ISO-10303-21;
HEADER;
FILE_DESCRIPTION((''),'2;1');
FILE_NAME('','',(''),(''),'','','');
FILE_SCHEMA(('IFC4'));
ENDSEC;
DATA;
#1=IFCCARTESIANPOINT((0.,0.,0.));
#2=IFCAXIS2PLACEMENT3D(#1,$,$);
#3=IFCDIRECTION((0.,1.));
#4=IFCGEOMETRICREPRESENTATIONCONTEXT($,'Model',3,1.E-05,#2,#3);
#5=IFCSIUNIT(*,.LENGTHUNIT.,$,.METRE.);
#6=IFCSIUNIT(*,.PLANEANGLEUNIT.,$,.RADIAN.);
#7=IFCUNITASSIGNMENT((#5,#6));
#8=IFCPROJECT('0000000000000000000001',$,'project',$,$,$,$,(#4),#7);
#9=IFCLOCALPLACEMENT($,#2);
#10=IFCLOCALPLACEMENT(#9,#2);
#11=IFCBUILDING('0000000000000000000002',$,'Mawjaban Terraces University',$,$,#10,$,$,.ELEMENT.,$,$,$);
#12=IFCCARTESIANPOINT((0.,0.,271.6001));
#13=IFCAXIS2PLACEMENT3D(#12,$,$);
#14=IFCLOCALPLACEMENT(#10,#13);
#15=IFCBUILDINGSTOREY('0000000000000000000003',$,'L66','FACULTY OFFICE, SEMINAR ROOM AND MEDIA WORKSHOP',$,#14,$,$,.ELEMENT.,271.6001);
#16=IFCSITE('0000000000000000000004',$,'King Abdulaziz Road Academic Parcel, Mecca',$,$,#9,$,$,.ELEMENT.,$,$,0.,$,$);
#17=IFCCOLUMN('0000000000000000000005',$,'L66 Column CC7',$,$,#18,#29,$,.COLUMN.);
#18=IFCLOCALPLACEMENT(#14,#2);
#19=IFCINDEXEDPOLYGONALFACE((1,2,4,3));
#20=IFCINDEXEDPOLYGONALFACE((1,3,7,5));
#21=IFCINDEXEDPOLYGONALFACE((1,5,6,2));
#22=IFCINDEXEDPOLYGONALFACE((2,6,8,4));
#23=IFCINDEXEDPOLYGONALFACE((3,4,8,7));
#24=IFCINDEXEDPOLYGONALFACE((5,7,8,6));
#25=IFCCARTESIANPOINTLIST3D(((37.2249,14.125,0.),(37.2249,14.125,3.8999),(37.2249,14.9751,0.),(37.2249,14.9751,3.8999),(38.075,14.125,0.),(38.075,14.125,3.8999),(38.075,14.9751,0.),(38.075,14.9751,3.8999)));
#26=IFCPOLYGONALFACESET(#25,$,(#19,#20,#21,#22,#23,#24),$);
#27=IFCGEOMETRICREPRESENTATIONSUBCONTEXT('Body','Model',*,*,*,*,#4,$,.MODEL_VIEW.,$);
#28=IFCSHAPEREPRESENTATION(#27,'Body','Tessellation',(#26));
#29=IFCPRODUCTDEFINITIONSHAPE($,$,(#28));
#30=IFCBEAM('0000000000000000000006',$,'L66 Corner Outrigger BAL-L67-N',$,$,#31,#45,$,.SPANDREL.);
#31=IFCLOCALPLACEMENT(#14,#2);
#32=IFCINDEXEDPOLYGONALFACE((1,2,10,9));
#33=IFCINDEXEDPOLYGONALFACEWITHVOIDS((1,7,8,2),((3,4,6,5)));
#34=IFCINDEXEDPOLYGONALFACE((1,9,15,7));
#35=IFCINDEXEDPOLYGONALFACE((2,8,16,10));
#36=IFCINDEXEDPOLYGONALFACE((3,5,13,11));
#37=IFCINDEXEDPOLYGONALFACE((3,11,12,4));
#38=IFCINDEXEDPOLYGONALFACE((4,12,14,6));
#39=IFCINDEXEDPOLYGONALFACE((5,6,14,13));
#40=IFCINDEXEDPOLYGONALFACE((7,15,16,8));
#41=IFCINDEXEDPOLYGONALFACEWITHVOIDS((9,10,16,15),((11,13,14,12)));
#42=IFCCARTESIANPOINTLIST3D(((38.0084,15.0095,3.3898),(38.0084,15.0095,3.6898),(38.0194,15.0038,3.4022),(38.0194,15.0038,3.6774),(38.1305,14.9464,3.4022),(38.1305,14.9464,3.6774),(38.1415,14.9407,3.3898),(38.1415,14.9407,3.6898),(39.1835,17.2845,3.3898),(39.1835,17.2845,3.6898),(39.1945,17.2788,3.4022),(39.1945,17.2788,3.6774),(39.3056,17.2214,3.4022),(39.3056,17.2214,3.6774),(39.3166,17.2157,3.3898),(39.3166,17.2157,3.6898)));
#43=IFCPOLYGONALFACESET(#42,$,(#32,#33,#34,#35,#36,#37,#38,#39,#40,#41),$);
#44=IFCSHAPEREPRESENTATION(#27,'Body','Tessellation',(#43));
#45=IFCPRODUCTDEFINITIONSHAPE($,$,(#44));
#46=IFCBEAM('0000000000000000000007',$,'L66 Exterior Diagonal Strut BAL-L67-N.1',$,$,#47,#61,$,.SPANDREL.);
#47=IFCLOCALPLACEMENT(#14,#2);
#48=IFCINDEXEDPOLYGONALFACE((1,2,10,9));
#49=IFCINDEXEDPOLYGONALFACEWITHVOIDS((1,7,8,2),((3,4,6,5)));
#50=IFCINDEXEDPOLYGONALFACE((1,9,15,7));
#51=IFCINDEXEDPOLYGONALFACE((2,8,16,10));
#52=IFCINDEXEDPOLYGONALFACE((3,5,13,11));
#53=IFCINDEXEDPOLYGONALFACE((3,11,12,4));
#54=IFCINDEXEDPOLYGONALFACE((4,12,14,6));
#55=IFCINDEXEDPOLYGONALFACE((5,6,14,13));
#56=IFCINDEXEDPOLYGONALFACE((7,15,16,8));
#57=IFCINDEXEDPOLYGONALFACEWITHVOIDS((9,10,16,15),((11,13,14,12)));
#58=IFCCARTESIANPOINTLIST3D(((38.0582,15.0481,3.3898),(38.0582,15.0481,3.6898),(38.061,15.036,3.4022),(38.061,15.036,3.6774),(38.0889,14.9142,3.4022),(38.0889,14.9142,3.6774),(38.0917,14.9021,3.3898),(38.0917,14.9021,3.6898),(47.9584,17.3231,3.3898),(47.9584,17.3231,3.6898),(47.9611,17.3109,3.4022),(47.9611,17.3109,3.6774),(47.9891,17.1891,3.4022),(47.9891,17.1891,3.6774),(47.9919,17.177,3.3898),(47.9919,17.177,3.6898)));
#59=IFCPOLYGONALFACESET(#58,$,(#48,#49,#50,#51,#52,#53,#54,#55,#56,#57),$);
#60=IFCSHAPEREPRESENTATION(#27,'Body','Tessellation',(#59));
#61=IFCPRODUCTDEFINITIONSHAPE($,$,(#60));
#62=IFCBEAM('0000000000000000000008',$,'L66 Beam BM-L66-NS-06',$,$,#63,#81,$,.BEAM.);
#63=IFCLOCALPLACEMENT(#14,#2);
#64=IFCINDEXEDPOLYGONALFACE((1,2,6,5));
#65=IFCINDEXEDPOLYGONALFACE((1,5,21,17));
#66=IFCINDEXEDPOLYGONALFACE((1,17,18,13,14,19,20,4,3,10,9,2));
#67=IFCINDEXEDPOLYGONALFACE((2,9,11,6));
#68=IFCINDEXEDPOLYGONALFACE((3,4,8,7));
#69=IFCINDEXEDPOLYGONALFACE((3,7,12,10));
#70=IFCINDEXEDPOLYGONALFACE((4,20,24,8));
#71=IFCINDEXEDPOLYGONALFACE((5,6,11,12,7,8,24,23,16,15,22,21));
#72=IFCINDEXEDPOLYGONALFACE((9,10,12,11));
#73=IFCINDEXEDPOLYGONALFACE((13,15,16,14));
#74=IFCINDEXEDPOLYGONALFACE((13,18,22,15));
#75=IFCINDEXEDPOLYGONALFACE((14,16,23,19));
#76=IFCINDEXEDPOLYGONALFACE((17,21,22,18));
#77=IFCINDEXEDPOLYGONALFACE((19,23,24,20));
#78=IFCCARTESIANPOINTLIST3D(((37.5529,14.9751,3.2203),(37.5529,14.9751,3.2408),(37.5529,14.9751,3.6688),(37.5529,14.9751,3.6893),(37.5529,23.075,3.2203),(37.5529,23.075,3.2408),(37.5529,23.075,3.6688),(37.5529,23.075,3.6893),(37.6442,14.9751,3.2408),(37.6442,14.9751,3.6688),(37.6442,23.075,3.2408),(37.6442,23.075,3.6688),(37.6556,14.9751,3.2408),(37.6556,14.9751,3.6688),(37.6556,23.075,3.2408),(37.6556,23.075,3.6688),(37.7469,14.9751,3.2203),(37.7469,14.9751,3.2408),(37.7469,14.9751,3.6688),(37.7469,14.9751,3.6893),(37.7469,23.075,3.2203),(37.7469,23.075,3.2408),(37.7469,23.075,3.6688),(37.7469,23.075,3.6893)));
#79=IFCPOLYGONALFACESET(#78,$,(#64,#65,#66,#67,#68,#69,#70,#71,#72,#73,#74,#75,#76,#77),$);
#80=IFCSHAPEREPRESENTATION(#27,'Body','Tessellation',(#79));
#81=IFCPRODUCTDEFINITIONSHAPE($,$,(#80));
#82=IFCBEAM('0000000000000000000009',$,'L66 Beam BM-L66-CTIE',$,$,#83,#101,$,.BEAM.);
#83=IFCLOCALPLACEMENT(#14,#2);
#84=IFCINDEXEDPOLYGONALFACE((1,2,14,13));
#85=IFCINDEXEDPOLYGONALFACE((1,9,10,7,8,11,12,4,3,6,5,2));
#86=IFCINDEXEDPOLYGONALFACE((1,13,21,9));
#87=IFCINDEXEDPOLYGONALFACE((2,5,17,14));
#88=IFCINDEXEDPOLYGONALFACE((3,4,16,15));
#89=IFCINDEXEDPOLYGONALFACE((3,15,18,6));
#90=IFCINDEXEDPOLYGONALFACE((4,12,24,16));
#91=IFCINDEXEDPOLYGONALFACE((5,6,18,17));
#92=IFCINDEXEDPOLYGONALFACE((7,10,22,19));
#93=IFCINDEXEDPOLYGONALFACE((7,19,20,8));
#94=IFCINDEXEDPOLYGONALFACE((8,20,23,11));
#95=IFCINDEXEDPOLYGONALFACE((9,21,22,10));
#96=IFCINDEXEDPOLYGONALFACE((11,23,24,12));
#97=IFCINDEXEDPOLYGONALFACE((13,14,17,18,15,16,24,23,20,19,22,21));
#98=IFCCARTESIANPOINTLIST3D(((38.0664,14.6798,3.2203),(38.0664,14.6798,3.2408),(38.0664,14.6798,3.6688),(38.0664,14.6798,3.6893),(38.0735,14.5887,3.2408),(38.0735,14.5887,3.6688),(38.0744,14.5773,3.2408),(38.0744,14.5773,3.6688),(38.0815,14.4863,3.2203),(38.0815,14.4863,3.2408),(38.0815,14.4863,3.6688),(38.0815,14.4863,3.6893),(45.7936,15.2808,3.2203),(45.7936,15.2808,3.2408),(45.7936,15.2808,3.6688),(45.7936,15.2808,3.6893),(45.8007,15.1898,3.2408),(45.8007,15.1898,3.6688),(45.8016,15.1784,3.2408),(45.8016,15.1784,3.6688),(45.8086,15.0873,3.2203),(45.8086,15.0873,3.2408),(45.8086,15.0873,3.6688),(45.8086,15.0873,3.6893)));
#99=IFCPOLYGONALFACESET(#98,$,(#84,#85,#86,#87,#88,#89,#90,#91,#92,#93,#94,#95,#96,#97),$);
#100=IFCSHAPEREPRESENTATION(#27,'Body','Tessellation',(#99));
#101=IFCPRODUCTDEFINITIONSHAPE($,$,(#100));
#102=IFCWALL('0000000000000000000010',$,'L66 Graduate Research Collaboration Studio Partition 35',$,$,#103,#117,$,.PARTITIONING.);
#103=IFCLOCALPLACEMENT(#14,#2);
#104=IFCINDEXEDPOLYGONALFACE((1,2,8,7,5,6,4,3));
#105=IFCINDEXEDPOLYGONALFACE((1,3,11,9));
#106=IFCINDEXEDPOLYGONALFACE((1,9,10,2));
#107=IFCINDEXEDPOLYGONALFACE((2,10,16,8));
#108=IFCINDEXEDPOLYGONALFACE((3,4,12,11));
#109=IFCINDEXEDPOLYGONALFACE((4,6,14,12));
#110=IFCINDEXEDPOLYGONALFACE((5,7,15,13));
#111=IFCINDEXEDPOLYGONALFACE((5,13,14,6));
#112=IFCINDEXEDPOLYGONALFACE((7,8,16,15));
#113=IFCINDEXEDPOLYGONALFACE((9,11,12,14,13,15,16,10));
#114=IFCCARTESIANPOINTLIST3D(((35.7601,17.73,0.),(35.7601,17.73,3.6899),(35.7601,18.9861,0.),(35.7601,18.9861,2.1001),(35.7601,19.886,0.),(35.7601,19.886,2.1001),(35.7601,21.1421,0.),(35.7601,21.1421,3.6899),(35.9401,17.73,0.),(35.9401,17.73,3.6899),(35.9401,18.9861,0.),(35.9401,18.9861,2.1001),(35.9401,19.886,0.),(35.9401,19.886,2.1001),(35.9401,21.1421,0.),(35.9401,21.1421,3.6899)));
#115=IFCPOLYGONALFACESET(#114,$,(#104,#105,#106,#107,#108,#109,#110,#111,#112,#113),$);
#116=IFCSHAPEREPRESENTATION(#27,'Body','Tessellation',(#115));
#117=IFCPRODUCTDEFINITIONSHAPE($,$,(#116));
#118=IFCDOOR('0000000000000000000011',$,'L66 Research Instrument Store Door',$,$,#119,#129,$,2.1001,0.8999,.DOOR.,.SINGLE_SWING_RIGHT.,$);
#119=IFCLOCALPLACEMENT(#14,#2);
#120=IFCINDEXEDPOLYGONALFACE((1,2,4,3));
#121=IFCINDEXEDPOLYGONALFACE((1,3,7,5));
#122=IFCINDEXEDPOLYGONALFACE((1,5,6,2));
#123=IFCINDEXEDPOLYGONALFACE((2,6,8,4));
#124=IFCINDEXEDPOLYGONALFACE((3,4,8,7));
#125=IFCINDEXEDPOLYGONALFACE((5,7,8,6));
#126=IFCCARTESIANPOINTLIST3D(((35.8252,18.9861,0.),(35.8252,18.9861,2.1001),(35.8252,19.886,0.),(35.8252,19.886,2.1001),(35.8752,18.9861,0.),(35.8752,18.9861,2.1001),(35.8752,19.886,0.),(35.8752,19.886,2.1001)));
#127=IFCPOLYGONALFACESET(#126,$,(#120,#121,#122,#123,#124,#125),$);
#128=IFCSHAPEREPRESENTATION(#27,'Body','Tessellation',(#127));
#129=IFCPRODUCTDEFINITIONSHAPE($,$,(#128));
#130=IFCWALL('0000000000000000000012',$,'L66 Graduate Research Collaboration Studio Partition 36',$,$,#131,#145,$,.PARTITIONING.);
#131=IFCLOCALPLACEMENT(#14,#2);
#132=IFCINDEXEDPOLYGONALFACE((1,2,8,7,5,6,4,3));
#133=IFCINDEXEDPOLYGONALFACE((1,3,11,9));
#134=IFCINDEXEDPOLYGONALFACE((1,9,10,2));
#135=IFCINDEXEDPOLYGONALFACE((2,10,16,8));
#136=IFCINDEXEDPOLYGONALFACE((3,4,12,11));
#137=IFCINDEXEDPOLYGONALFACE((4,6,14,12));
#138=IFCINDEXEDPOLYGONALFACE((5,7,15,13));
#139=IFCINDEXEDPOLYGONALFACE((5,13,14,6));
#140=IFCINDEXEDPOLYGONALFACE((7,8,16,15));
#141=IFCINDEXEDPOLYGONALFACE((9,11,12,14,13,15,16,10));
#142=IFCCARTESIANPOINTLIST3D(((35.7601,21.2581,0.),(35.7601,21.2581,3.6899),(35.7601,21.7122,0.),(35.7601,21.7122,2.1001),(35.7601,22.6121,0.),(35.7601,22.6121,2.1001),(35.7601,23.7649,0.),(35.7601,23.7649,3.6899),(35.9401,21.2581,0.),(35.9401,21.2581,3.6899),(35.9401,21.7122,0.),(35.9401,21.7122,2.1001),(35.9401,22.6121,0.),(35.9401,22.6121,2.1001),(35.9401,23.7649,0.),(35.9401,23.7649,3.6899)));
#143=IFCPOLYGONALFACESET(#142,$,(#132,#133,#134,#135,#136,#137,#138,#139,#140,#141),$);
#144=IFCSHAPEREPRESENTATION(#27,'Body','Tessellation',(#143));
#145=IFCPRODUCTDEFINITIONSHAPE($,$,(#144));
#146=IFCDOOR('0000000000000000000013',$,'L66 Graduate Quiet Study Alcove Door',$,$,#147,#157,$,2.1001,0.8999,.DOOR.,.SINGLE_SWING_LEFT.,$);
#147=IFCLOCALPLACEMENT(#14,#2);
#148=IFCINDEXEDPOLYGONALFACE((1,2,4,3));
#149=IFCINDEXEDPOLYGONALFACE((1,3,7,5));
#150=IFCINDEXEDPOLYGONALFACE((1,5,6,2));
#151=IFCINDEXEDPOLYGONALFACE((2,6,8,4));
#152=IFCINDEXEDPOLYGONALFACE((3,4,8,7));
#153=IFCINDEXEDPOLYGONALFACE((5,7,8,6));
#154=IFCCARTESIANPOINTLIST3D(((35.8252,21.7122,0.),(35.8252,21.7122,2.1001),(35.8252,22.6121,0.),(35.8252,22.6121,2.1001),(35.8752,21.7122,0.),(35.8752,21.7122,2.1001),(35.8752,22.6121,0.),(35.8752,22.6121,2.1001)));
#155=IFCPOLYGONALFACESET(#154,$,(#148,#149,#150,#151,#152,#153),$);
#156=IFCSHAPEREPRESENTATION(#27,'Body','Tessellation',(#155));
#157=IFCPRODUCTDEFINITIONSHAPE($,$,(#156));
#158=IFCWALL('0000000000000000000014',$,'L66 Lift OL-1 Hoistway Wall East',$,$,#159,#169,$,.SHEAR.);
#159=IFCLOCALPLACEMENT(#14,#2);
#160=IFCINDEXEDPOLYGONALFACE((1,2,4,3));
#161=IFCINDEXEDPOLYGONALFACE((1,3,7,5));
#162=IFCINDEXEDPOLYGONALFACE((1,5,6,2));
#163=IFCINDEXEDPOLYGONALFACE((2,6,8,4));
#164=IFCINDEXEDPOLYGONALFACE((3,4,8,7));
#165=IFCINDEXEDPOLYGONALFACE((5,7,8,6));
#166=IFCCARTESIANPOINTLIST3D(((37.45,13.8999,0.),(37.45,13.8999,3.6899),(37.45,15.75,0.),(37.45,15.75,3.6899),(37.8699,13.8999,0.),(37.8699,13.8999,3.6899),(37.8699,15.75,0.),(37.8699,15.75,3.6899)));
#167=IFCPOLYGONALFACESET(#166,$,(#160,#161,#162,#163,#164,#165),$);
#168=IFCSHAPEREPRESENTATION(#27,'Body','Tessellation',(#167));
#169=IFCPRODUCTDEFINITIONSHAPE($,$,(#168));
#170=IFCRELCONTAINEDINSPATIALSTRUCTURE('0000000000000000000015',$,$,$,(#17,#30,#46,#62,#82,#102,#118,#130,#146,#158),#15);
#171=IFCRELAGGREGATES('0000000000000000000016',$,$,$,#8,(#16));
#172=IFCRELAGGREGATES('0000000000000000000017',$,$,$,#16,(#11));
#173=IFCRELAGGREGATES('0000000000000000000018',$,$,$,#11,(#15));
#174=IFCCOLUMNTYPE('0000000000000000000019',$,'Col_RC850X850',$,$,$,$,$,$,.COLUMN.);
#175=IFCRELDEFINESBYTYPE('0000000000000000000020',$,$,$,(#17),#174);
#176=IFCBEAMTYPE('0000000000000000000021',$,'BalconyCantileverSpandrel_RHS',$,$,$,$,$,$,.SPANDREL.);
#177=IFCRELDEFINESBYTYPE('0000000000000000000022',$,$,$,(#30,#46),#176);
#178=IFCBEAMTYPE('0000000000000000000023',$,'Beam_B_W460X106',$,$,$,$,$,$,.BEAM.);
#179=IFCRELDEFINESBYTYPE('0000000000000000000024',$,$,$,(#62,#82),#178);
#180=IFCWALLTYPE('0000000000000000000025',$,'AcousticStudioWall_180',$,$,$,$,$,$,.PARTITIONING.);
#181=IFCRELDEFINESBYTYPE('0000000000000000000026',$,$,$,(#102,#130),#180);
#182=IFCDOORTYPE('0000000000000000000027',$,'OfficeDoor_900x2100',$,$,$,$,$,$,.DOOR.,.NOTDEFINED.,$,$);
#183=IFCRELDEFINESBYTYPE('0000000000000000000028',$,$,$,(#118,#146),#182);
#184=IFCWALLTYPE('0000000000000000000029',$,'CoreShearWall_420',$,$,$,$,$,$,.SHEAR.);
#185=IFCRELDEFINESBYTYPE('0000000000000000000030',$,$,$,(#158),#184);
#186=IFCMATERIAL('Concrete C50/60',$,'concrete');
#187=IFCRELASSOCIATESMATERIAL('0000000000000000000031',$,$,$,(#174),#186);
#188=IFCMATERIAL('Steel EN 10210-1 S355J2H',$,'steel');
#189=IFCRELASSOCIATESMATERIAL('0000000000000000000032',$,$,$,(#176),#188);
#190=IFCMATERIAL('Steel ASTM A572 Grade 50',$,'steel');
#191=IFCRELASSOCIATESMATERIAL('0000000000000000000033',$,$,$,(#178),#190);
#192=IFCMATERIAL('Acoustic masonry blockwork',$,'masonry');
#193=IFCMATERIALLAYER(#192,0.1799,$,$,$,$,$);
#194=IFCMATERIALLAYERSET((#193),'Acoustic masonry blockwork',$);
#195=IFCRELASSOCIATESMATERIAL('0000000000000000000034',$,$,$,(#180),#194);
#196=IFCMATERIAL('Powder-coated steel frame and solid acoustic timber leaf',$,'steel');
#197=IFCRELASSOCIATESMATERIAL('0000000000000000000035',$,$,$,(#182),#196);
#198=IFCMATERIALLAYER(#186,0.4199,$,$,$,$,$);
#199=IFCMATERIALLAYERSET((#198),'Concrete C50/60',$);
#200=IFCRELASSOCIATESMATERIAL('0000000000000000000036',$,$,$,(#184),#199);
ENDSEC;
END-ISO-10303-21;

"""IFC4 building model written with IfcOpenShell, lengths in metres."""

from ifc_helpers import new_model, si_unit, direction, frame, frame_2d, origin, origin_2d, place, context, subcontext, project, spatial, rectangle, hollow_rectangle, i_section, extrude, material, layer, layer_set, material_profile, profile_set, type_object, element, fill, save


model = new_model("IFC4")

# Units and contexts
model_context = context("Model", 3, precision=1e-05, world=origin(), true_north=direction((0.0, 1.0)))
body_context = subcontext(model_context, "Body", "Model", "MODEL_VIEW")
ifc_project = project(units=[si_unit("LENGTHUNIT", "METRE"), si_unit("PLANEANGLEUNIT", "RADIAN")], contexts=[model_context])

# Site, building, storey
site_placement = place(None, origin())
site = spatial("IfcSite", under=ifc_project, at=site_placement, Name="King Abdulaziz Road Academic Parcel, Mecca", CompositionType="ELEMENT", RefElevation=0.0)
building_placement = place(site_placement, origin())
building = spatial("IfcBuilding", under=site, at=building_placement, Name="Mawjaban Terraces University", CompositionType="ELEMENT")
storey_placement = place(building_placement, frame((0.0, 0.0, 271.6001)))
storey = spatial("IfcBuildingStorey", under=building, at=storey_placement, Name="L66", Description="FACULTY OFFICE, SEMINAR ROOM AND MEDIA WORKSHOP", CompositionType="ELEMENT", Elevation=271.6001)

# Column
ifc_material_1 = material(Name="Concrete C50/60", Category="concrete")
ifc_material_profile_1 = material_profile(ifc_material_1, rectangle(XDim=0.8501, YDim=0.8501, at=origin_2d()), Name="RC850X850")
ifc_profile_set_1 = profile_set([ifc_material_profile_1], Name="Concrete C50/60")
column_type = type_object("IfcColumnType", Name="Col_RC850X850", PredefinedType="COLUMN", material=ifc_profile_set_1)
column_placement = place(storey_placement, frame((37.6499, 14.55, 0.0), z_axis=(0.0, 0.0, 1.0), x_axis=(1.0, 0.0, 0.0)))
element("IfcColumn", 1, at=column_placement, inside=storey, type_object=column_type, Name="L66 Column CC7", PredefinedType="COLUMN", context=body_context, shape_type="SweptSolid", body=[
    extrude(rectangle(XDim=0.8501, YDim=0.8501, at=origin_2d()), origin(), (0.0, 0.0, 1.0), 3.8999),
])

# Beams
ifc_material_2 = material(Name="Steel EN 10210-1 S355J2H", Category="steel")
ifc_material_profile_2 = material_profile(ifc_material_2, hollow_rectangle(XDim=0.1499, YDim=0.3, WallThickness=0.0125, at=origin_2d()), Name="RHS300X150X12.5")
ifc_profile_set_2 = profile_set([ifc_material_profile_2], Name="Steel EN 10210-1 S355J2H")
beam_type_1 = type_object("IfcBeamType", Name="BalconyCantileverSpandrel_RHS", PredefinedType="SPANDREL", material=ifc_profile_set_2)
beam_1_placement = place(storey_placement, frame((38.075, 14.9751, 3.5398), z_axis=(0.458922, 0.888476, 0.0), x_axis=(-0.888476, 0.458922, 0.0)))
element("IfcBeam", 2, at=beam_1_placement, inside=storey, type_object=beam_type_1, Name="L66 Corner Outrigger BAL-L67-N", PredefinedType="SPANDREL", context=body_context, shape_type="SweptSolid", body=[
    extrude(hollow_rectangle(XDim=0.1499, YDim=0.3, WallThickness=0.0125, at=origin_2d()), origin(), (0.0, 0.0, 1.0), 2.5605),
])
beam_2_placement = place(storey_placement, frame((38.075, 14.9751, 3.5398), z_axis=(0.974601, 0.223948, 0.0), x_axis=(-0.223948, 0.974601, 0.0)))
element("IfcBeam", 3, at=beam_2_placement, inside=storey, type_object=beam_type_1, Name="L66 Exterior Diagonal Strut BAL-L67-N.1", PredefinedType="SPANDREL", context=body_context, shape_type="SweptSolid", body=[
    extrude(hollow_rectangle(XDim=0.1499, YDim=0.3, WallThickness=0.0125, at=origin_2d()), origin(), (0.0, 0.0, 1.0), 10.1582),
])
ifc_material_3 = material(Name="Steel ASTM A572 Grade 50", Category="steel")
ifc_material_profile_3 = material_profile(ifc_material_3, i_section(OverallWidth=0.1941, OverallDepth=0.469, WebThickness=0.0115, FlangeThickness=0.0205, at=origin_2d()), Name="W460X106")
ifc_profile_set_3 = profile_set([ifc_material_profile_3], Name="Steel ASTM A572 Grade 50")
beam_type_2 = type_object("IfcBeamType", Name="Beam_B_W460X106", PredefinedType="BEAM", material=ifc_profile_set_3)
beam_3_placement = place(storey_placement, frame((37.6499, 14.9751, 3.4548), z_axis=(0.0, 1.0, 0.0), x_axis=(-1.0, 0.0, 0.0)))
element("IfcBeam", 4, at=beam_3_placement, inside=storey, type_object=beam_type_2, Name="L66 Beam BM-L66-NS-06", PredefinedType="BEAM", context=body_context, shape_type="SweptSolid", body=[
    extrude(i_section(OverallWidth=0.1941, OverallDepth=0.469, WebThickness=0.0115, FlangeThickness=0.0205, at=origin_2d()), origin(), (0.0, 0.0, 1.0), 8.0999),
])
beam_4_placement = place(storey_placement, frame((38.074, 14.583, 3.4548), z_axis=(0.996988, 0.077554, 0.0), x_axis=(-0.077554, 0.996988, 0.0)))
element("IfcBeam", 5, at=beam_4_placement, inside=storey, type_object=beam_type_2, Name="L66 Beam BM-L66-CTIE", PredefinedType="BEAM", context=body_context, shape_type="SweptSolid", body=[
    extrude(i_section(OverallWidth=0.1941, OverallDepth=0.469, WebThickness=0.0115, FlangeThickness=0.0205, at=origin_2d()), origin(), (0.0, 0.0, 1.0), 7.7505),
])

# Walls, openings, doors
ifc_material_4 = material(Name="Acoustic masonry blockwork", Category="masonry")
ifc_layer_1 = layer(ifc_material_4, 0.1799)
ifc_layer_set_1 = layer_set([ifc_layer_1], Name="Acoustic masonry blockwork")
wall_type_1 = type_object("IfcWallType", Name="AcousticStudioWall_180", PredefinedType="PARTITIONING", material=ifc_layer_set_1)
wall_1_placement = place(storey_placement, frame((35.8501, 17.73, 0.0), z_axis=(0.0, 0.0, 1.0), x_axis=(0.0, 1.0, 0.0)))
wall_1 = element("IfcWall", 6, at=wall_1_placement, inside=storey, type_object=wall_type_1, Name="L66 Graduate Research Collaboration Studio Partition 35", PredefinedType="PARTITIONING", context=body_context, shape_type="SweptSolid", body=[
    extrude(rectangle(XDim=3.4121, YDim=0.1799, at=frame_2d((1.7061, 0.0))), origin(), (0.0, 0.0, 1.0), 3.6899),
])
opening_1_placement = place(wall_1_placement, frame((1.2561, 0.0, 0.0)))
opening_1 = element("IfcOpeningElement", 7, at=opening_1_placement, cuts=wall_1, PredefinedType="OPENING", context=body_context, shape_type="SweptSolid", body=[
    extrude(rectangle(XDim=0.8999, YDim=2.1001, at=frame_2d((0.45, 1.05))), frame((0.0, 0.0999, 0.0), z_axis=(0.0, -1.0, 0.0), x_axis=(1.0, 0.0, 0.0)), (0.0, 0.0, 1.0), 0.2),
])
ifc_material_5 = material(Name="Powder-coated steel frame and solid acoustic timber leaf", Category="steel")
door_type = type_object("IfcDoorType", Name="OfficeDoor_900x2100", OperationType="NOTDEFINED", PredefinedType="DOOR", material=ifc_material_5)
door_1_placement = place(opening_1_placement, origin())
door_1 = element("IfcDoor", 8, at=door_1_placement, inside=storey, type_object=door_type, Name="L66 Research Instrument Store Door", OperationType="SINGLE_SWING_RIGHT", OverallHeight=2.1001, OverallWidth=0.8999, PredefinedType="DOOR", context=body_context, shape_type="SweptSolid", body=[
    extrude(rectangle(XDim=0.8999, YDim=2.1001, at=frame_2d((0.45, 1.05))), frame((0.0, 0.0249, 0.0), z_axis=(0.0, -1.0, 0.0), x_axis=(1.0, 0.0, 0.0)), (0.0, 0.0, 1.0), 0.05),
])
fill(opening_1, door_1)
wall_2_placement = place(storey_placement, frame((35.8501, 21.2581, 0.0), z_axis=(0.0, 0.0, 1.0), x_axis=(0.0, 1.0, 0.0)))
wall_2 = element("IfcWall", 9, at=wall_2_placement, inside=storey, type_object=wall_type_1, Name="L66 Graduate Research Collaboration Studio Partition 36", PredefinedType="PARTITIONING", context=body_context, shape_type="SweptSolid", body=[
    extrude(rectangle(XDim=2.5068, YDim=0.1799, at=frame_2d((1.2534, 0.0))), origin(), (0.0, 0.0, 1.0), 3.6899),
])
opening_2_placement = place(wall_2_placement, frame((0.4541, 0.0, 0.0)))
opening_2 = element("IfcOpeningElement", 10, at=opening_2_placement, cuts=wall_2, PredefinedType="OPENING", context=body_context, shape_type="SweptSolid", body=[
    extrude(rectangle(XDim=0.8999, YDim=2.1001, at=frame_2d((0.45, 1.05))), frame((0.0, 0.0999, 0.0), z_axis=(0.0, -1.0, 0.0), x_axis=(1.0, 0.0, 0.0)), (0.0, 0.0, 1.0), 0.2),
])
door_2_placement = place(opening_2_placement, origin())
door_2 = element("IfcDoor", 11, at=door_2_placement, inside=storey, type_object=door_type, Name="L66 Graduate Quiet Study Alcove Door", OperationType="SINGLE_SWING_LEFT", OverallHeight=2.1001, OverallWidth=0.8999, PredefinedType="DOOR", context=body_context, shape_type="SweptSolid", body=[
    extrude(rectangle(XDim=0.8999, YDim=2.1001, at=frame_2d((0.45, 1.05))), frame((0.0, 0.0249, 0.0), z_axis=(0.0, -1.0, 0.0), x_axis=(1.0, 0.0, 0.0)), (0.0, 0.0, 1.0), 0.05),
])
fill(opening_2, door_2)

# Wall
ifc_layer_2 = layer(ifc_material_1, 0.4199)
ifc_layer_set_2 = layer_set([ifc_layer_2], Name="Concrete C50/60")
wall_type_2 = type_object("IfcWallType", Name="CoreShearWall_420", PredefinedType="SHEAR", material=ifc_layer_set_2)
for number, where, z_axis, x_axis, name in (
    (12, (37.6599, 13.8999, 0.0), (0.0, 0.0, 1.0), (0.0, 1.0, 0.0), "L66 Lift OL-1 Hoistway Wall East"),
):
    element("IfcWall", number, at=place(storey_placement, frame(where, z_axis=z_axis, x_axis=x_axis)), inside=storey, type_object=wall_type_2, Name=name, PredefinedType="SHEAR", context=body_context, shape_type="SweptSolid", body=[
        extrude(rectangle(XDim=1.8501, YDim=0.4199, at=frame_2d((0.925, 0.0))), origin(), (0.0, 0.0, 1.0), 3.6899),
    ])

save(model, "model.ifc")
